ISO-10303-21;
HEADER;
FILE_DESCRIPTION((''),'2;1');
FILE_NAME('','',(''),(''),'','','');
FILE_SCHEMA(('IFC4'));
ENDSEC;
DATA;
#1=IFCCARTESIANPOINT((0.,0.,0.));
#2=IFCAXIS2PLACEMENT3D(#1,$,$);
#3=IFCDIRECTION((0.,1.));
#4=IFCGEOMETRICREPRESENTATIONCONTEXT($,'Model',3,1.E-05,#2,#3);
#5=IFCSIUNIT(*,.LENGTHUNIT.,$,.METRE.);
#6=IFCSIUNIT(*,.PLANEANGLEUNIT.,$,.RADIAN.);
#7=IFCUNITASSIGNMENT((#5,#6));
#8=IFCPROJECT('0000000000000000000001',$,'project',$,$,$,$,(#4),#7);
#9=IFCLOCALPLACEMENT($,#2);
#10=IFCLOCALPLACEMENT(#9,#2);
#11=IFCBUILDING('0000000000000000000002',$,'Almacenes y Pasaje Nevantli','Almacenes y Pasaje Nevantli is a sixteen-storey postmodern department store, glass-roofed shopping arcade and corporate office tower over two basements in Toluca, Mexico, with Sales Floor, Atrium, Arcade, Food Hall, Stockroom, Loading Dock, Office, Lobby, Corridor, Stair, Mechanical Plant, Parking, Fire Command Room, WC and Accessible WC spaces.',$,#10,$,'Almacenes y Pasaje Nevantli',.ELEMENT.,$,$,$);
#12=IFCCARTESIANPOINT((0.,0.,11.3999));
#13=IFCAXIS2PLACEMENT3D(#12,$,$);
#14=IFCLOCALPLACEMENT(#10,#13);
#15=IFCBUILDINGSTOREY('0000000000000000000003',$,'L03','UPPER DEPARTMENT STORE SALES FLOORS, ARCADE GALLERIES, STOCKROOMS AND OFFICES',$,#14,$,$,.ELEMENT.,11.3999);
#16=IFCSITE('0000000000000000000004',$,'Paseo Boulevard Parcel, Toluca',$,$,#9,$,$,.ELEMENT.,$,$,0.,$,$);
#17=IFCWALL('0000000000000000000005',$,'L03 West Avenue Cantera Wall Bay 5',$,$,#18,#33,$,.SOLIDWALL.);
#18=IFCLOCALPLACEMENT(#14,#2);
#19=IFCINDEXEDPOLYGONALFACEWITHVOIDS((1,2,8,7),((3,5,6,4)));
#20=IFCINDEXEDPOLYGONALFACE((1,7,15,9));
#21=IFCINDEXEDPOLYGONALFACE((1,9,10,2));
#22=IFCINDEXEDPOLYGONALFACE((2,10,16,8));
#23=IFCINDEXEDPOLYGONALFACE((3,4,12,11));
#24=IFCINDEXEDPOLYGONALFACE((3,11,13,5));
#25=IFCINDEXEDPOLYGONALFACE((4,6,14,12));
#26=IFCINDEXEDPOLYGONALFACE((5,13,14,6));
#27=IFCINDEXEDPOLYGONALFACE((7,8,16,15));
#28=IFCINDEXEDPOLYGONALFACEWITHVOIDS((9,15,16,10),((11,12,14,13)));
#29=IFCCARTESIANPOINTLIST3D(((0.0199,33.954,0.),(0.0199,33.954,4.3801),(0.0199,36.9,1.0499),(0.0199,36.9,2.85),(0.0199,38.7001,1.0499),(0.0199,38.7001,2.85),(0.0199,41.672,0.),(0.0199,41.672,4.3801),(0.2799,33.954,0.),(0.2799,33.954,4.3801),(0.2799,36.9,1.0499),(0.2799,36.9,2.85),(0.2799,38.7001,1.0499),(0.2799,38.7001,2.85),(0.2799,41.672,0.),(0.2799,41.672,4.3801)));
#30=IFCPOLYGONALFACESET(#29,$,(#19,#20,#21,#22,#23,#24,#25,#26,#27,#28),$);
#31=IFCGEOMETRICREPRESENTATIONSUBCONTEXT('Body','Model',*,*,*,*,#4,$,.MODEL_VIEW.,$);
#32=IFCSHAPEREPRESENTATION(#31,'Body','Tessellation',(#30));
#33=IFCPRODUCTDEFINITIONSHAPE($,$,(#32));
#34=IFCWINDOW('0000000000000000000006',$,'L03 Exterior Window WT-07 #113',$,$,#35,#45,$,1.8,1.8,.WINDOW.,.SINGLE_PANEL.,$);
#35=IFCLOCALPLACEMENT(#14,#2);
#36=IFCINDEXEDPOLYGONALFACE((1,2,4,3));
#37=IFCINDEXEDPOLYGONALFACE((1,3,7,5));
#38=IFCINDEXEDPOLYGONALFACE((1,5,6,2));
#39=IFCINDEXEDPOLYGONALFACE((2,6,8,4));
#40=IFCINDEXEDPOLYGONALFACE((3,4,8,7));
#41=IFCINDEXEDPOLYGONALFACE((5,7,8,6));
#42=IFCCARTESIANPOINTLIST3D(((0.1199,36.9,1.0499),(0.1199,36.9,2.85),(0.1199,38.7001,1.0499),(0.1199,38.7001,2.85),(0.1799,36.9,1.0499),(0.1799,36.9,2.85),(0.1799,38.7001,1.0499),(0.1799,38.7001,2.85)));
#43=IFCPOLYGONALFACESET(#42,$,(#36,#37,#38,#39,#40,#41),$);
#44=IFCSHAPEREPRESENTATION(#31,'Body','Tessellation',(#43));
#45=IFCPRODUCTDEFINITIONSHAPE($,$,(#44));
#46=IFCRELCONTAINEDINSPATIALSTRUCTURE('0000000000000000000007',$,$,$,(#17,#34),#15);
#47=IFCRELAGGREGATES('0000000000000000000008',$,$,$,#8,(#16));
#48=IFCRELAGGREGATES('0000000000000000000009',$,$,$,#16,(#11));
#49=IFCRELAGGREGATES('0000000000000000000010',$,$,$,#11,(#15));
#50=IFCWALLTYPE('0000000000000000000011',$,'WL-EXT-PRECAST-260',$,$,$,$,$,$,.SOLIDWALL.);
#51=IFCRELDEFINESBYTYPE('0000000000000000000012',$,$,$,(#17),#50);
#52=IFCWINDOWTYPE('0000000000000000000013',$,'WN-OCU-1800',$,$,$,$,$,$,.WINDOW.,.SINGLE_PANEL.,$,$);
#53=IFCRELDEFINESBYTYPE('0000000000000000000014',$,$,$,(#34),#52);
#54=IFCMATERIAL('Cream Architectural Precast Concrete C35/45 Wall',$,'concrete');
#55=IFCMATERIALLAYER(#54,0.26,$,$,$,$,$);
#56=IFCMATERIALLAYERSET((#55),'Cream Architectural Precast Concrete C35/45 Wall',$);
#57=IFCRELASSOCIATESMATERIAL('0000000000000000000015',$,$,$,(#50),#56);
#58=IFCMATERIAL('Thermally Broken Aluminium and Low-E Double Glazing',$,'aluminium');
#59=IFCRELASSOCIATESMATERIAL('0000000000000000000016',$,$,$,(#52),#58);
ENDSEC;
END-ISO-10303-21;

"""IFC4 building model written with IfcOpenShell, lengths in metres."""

from ifc_helpers import new_model, si_unit, direction, frame, frame_2d, origin, place, context, subcontext, project, spatial, rectangle, extrude, material, layer, layer_set, type_object, element, fill, save


model = new_model("IFC4")

# Units and contexts
model_context = context("Model", 3, precision=1e-05, world=origin(), true_north=direction((0.0, 1.0)))
body_context = subcontext(model_context, "Body", "Model", "MODEL_VIEW")
ifc_project = project(units=[si_unit("LENGTHUNIT", "METRE"), si_unit("PLANEANGLEUNIT", "RADIAN")], contexts=[model_context])

# Site, building, storey
site_placement = place(None, origin())
site = spatial("IfcSite", under=ifc_project, at=site_placement, Name="Paseo Boulevard Parcel, Toluca", CompositionType="ELEMENT", RefElevation=0.0)
building_placement = place(site_placement, origin())
building = spatial("IfcBuilding", under=site, at=building_placement, Name="Almacenes y Pasaje Nevantli", Description="Almacenes y Pasaje Nevantli is a sixteen-storey postmodern department store, glass-roofed shopping arcade and corporate office tower over two basements in Toluca, Mexico, with Sales Floor, Atrium, Arcade, Food Hall, Stockroom, Loading Dock, Office, Lobby, Corridor, Stair, Mechanical Plant, Parking, Fire Command Room, WC and Accessible WC spaces.", LongName="Almacenes y Pasaje Nevantli", CompositionType="ELEMENT")
storey_placement = place(building_placement, frame((0.0, 0.0, 11.3999)))
storey = spatial("IfcBuildingStorey", under=building, at=storey_placement, Name="L03", Description="UPPER DEPARTMENT STORE SALES FLOORS, ARCADE GALLERIES, STOCKROOMS AND OFFICES", CompositionType="ELEMENT", Elevation=11.3999)

# Wall, opening, window
ifc_material_1 = material(Name="Cream Architectural Precast Concrete C35/45 Wall", Category="concrete")
ifc_layer_1 = layer(ifc_material_1, 0.26)
ifc_layer_set_1 = layer_set([ifc_layer_1], Name="Cream Architectural Precast Concrete C35/45 Wall")
wall_type = type_object("IfcWallType", Name="WL-EXT-PRECAST-260", PredefinedType="SOLIDWALL", material=ifc_layer_set_1)
wall_placement = place(storey_placement, frame((0.1499, 33.9541, 0.0), z_axis=(0.0, 0.0, 1.0), x_axis=(0.0, 1.0, 0.0)))
wall = element("IfcWall", 1, at=wall_placement, inside=storey, type_object=wall_type, Name="L03 West Avenue Cantera Wall Bay 5", PredefinedType="SOLIDWALL", context=body_context, shape_type="SweptSolid", body=[
    extrude(rectangle(XDim=7.718, YDim=0.26, at=frame_2d((3.8589, 0.0))), origin(), (0.0, 0.0, 1.0), 4.3801),
])
opening_placement = place(wall_placement, frame((2.946, 0.0, 1.05)))
opening = element("IfcOpeningElement", 2, at=opening_placement, cuts=wall, PredefinedType="OPENING", context=body_context, shape_type="SweptSolid", body=[
    extrude(rectangle(XDim=1.8, YDim=1.8, at=frame_2d((0.8999, 0.8999))), frame((0.0, 0.1399, 0.0), z_axis=(0.0, -1.0, 0.0), x_axis=(1.0, 0.0, 0.0)), (0.0, 0.0, 1.0), 0.28),
])
ifc_material_2 = material(Name="Thermally Broken Aluminium and Low-E Double Glazing", Category="aluminium")
window_type = type_object("IfcWindowType", Name="WN-OCU-1800", PartitioningType="SINGLE_PANEL", PredefinedType="WINDOW", material=ifc_material_2)
window_placement = place(opening_placement, origin())
window = element("IfcWindow", 3, at=window_placement, inside=storey, type_object=window_type, Name="L03 Exterior Window WT-07 #113", OverallHeight=1.8, OverallWidth=1.8, PartitioningType="SINGLE_PANEL", PredefinedType="WINDOW", context=body_context, shape_type="SweptSolid", body=[
    extrude(rectangle(XDim=1.8, YDim=1.8, at=frame_2d((0.8999, 0.8999))), frame((0.0, 0.03, 0.0), z_axis=(0.0, -1.0, 0.0), x_axis=(1.0, 0.0, 0.0)), (0.0, 0.0, 1.0), 0.0601),
])
fill(opening, window)

save(model, "model.ifc")
